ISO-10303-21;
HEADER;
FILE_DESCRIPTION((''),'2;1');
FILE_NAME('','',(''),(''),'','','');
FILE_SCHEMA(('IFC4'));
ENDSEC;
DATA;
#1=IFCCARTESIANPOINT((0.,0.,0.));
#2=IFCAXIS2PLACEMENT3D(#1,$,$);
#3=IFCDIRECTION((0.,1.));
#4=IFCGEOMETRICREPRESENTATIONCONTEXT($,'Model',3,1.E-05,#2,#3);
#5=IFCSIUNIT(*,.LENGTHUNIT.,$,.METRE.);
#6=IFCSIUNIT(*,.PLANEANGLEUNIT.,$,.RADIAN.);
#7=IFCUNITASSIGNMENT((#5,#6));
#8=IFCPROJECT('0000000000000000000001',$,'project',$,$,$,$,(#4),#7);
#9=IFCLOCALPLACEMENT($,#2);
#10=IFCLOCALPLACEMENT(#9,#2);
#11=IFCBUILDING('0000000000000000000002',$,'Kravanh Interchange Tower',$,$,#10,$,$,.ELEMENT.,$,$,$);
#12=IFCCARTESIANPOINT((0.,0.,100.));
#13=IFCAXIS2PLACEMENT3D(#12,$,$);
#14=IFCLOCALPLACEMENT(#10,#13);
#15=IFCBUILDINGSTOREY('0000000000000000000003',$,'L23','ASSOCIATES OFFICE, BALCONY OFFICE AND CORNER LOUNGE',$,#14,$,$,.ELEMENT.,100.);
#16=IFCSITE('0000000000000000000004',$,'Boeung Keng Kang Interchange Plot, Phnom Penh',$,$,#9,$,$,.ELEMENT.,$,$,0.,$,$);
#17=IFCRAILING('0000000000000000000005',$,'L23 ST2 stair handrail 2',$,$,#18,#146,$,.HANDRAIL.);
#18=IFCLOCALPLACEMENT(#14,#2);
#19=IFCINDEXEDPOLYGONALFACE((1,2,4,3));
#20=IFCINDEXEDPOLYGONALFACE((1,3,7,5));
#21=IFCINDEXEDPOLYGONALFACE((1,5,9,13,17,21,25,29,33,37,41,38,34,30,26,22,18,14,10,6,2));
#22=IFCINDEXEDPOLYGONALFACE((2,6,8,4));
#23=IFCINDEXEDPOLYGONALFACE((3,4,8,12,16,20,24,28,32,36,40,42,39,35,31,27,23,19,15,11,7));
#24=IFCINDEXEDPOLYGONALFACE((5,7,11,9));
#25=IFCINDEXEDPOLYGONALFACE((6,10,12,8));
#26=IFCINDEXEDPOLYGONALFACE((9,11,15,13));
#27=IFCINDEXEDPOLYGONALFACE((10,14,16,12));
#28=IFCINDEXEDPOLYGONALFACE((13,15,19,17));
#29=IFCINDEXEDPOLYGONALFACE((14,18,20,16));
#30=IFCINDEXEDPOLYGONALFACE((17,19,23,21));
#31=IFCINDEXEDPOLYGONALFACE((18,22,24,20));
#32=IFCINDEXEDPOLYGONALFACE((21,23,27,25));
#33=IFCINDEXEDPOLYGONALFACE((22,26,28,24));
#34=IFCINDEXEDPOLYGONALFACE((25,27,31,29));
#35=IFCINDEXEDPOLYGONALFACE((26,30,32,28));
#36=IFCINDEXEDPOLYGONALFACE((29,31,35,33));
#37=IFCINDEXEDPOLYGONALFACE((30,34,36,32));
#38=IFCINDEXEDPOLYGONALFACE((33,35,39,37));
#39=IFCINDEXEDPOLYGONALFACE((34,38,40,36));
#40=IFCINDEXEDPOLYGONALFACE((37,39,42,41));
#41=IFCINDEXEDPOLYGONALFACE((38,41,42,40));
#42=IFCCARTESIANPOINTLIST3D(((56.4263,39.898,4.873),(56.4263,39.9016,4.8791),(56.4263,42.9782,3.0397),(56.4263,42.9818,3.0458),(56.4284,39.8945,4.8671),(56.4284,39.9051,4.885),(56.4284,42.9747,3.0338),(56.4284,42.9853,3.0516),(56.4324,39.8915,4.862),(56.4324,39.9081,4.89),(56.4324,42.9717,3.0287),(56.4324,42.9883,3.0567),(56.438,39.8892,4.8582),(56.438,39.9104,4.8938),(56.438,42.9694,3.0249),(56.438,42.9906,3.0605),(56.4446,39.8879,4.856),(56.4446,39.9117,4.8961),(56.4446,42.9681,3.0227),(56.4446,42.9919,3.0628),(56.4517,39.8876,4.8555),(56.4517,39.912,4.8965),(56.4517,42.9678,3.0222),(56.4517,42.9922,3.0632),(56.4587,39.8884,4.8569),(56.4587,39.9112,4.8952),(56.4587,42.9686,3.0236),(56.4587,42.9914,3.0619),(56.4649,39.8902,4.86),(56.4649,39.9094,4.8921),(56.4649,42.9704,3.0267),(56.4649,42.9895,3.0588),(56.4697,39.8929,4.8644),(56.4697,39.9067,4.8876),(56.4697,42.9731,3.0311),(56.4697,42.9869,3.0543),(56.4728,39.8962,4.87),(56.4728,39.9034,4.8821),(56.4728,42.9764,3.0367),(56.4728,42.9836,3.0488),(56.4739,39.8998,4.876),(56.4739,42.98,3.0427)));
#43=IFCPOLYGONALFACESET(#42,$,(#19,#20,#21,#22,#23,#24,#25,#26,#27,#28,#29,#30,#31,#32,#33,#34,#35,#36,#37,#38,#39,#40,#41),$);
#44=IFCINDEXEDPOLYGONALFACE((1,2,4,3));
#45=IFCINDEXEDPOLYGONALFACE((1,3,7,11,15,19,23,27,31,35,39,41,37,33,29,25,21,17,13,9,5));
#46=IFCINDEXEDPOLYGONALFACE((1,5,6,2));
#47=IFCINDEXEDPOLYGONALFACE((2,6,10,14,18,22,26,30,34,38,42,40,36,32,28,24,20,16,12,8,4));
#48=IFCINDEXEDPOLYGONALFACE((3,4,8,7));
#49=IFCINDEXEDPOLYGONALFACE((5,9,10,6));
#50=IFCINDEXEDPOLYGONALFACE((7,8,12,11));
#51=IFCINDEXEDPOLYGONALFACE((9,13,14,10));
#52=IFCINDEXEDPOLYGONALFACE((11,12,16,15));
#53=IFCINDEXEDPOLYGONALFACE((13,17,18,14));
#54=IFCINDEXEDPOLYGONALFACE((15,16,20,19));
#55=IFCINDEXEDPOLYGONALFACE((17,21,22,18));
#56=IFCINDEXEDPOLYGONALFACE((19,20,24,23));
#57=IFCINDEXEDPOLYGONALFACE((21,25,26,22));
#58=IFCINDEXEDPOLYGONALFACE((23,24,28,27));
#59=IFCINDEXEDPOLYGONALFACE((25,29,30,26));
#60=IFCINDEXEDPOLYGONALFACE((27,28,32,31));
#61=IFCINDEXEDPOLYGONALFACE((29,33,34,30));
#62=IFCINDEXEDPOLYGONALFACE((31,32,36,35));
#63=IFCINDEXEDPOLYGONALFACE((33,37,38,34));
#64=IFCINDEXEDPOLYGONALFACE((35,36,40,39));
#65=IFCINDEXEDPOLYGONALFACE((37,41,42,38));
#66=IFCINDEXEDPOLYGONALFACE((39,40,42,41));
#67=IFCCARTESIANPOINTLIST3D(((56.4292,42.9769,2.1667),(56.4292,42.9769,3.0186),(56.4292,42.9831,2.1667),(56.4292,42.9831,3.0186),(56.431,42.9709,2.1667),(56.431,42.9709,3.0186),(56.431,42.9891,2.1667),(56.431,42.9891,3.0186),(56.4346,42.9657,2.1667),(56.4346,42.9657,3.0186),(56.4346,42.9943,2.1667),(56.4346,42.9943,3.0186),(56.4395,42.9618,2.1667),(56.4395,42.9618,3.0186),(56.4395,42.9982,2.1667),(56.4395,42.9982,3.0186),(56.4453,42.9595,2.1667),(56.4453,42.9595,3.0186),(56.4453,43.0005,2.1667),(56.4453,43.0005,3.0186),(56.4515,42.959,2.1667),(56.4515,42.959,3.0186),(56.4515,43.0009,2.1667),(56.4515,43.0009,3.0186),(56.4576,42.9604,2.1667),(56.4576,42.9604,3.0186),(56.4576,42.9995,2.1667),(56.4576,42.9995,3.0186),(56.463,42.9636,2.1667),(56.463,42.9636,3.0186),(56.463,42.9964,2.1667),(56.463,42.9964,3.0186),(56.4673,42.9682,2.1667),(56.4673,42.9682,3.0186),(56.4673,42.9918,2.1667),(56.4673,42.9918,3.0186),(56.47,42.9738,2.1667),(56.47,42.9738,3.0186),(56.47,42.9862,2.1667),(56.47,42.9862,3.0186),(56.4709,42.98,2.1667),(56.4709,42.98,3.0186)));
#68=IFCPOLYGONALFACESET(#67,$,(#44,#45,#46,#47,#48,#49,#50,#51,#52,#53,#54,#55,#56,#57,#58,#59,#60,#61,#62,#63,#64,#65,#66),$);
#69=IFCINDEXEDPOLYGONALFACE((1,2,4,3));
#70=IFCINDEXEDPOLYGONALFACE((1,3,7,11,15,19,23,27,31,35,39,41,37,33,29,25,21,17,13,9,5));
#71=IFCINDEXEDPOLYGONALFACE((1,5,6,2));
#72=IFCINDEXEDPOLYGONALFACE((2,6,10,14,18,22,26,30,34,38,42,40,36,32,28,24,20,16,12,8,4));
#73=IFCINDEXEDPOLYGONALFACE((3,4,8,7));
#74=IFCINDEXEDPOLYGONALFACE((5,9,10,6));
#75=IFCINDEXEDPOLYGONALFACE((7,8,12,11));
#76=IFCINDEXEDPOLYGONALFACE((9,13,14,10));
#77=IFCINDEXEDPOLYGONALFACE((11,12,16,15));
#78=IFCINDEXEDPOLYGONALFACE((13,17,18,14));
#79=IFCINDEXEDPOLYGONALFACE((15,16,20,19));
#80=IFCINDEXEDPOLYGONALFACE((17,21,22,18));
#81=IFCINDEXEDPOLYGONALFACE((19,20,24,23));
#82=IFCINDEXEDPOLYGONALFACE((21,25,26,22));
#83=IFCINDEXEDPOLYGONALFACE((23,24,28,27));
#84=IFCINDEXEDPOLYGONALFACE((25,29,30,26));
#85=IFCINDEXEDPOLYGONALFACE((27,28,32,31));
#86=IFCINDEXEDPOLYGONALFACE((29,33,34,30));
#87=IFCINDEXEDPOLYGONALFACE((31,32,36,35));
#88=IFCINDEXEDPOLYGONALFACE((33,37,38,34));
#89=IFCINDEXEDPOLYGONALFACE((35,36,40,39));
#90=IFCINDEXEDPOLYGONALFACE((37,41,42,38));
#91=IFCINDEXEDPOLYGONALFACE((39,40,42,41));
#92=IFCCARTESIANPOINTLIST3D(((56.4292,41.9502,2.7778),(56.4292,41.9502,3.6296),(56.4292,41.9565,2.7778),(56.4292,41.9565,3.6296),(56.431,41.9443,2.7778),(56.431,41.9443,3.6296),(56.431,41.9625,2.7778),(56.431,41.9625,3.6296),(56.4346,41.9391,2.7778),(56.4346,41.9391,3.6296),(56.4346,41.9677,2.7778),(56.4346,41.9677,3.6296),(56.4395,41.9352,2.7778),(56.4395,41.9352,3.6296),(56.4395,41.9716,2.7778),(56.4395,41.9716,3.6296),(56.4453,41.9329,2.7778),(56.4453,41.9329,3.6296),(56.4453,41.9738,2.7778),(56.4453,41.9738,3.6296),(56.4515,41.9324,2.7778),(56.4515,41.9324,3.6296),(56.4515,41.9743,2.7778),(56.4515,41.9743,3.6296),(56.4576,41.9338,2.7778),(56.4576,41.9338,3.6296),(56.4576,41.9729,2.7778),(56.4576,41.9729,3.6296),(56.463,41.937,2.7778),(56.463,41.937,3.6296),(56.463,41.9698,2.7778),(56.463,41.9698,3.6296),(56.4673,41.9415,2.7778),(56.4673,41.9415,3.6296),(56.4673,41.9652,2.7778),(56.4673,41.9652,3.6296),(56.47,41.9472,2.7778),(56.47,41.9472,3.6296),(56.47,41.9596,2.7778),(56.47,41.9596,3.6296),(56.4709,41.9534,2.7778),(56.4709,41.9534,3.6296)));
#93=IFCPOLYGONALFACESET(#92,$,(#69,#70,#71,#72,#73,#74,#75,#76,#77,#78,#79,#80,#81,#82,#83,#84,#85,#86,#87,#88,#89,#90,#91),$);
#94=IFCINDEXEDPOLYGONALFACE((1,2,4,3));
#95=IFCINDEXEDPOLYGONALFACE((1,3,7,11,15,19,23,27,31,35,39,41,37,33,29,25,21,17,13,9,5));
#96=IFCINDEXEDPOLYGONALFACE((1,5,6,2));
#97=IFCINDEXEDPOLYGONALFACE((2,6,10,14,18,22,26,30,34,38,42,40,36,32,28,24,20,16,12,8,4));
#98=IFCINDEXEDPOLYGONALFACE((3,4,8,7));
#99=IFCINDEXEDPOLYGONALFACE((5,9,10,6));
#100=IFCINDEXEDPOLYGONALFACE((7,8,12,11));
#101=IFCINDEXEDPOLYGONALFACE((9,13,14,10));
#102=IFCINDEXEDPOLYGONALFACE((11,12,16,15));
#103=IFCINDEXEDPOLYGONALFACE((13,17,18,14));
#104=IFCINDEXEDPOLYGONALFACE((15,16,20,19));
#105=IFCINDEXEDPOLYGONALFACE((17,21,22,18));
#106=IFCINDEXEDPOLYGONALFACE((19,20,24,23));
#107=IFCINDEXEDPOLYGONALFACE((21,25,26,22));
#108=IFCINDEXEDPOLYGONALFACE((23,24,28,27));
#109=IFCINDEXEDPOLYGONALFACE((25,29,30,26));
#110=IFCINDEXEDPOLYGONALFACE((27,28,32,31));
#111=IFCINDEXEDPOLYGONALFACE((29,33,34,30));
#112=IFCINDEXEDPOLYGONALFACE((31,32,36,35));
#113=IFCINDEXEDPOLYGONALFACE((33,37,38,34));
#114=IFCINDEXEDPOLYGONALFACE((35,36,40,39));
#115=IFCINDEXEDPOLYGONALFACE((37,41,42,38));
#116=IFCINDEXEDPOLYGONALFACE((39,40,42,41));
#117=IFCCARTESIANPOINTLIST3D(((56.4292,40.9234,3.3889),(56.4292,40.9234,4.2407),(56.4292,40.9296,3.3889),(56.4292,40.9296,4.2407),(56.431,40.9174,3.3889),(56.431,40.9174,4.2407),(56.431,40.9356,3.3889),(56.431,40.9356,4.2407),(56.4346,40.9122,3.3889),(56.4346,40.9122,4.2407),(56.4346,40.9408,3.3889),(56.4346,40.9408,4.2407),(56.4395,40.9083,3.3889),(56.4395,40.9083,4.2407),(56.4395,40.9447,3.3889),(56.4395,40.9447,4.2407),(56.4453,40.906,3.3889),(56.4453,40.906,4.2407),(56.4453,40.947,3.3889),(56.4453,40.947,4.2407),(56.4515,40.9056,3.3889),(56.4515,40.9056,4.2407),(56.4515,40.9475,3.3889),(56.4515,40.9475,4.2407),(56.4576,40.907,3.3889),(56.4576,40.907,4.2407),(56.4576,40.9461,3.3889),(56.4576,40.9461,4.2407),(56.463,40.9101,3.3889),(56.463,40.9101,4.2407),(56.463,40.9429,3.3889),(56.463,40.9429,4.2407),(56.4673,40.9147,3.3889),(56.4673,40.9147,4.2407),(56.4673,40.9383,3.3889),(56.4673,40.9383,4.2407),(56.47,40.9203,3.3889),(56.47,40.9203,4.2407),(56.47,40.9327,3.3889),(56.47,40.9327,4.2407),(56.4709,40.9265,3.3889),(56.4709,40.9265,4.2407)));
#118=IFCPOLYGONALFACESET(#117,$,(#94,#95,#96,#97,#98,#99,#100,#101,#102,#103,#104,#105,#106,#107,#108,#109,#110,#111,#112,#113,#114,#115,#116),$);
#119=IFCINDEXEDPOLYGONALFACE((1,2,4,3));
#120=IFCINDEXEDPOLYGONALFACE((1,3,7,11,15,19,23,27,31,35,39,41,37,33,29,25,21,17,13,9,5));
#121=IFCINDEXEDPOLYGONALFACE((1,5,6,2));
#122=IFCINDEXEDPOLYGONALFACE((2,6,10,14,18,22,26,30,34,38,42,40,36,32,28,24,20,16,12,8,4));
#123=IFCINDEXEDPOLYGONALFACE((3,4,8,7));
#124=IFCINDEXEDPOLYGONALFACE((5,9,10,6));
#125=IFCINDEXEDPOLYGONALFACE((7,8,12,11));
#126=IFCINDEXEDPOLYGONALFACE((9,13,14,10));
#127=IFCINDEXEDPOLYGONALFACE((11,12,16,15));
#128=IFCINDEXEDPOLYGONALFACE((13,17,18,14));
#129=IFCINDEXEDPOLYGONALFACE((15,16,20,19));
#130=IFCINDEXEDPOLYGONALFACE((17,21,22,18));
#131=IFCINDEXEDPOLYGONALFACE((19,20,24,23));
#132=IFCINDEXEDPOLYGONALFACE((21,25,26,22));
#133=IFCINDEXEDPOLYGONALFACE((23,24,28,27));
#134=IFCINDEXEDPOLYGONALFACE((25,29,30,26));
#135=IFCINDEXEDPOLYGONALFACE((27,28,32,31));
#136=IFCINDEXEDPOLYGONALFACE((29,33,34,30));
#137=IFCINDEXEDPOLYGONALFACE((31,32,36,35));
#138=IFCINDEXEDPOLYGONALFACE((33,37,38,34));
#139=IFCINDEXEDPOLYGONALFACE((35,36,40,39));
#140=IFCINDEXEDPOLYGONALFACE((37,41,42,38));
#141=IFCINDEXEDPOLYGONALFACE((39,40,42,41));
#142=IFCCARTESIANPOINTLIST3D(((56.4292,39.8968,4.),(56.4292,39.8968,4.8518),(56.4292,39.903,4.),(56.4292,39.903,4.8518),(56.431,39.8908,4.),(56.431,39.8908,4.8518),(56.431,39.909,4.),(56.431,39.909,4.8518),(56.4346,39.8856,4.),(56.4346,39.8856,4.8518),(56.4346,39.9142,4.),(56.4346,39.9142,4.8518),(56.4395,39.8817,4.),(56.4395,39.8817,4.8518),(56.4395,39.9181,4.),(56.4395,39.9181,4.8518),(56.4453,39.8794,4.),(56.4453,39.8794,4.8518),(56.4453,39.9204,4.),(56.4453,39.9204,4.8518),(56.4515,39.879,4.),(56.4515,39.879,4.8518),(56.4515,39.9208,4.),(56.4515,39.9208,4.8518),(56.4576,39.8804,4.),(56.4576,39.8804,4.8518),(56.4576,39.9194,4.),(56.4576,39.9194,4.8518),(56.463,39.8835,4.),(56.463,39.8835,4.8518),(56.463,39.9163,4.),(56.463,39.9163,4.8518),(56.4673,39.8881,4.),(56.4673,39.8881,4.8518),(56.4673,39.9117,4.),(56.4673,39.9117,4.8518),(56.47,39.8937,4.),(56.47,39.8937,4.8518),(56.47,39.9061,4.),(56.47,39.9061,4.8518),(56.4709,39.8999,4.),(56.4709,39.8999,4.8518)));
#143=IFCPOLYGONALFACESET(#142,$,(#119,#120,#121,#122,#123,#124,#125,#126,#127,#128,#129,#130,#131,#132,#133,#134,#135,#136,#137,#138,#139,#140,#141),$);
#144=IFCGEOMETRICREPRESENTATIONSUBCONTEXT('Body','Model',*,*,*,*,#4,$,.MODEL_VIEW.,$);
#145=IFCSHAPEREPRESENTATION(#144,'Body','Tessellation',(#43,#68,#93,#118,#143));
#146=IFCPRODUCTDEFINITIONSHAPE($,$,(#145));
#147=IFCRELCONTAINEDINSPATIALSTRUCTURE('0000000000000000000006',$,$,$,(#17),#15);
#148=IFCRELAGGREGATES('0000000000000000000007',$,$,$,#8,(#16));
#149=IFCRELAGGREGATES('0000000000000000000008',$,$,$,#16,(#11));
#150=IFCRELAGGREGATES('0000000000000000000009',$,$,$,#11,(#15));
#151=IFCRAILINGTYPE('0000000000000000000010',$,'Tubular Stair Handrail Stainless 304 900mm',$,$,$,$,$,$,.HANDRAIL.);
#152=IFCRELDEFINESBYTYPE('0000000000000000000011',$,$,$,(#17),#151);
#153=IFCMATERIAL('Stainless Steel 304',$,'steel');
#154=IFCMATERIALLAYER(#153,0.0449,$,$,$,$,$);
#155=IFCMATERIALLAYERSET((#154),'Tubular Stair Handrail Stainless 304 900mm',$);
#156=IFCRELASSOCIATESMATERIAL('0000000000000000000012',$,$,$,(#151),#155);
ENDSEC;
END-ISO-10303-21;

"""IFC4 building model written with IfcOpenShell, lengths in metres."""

from ifc_helpers import new_model, si_unit, direction, frame, origin, origin_2d, place, context, subcontext, project, spatial, circle, extrude, material, layer, layer_set, type_object, element, save


model = new_model("IFC4")

# Units and contexts
model_context = context("Model", 3, precision=1e-05, world=origin(), true_north=direction((0.0, 1.0)))
body_context = subcontext(model_context, "Body", "Model", "MODEL_VIEW")
ifc_project = project(units=[si_unit("LENGTHUNIT", "METRE"), si_unit("PLANEANGLEUNIT", "RADIAN")], contexts=[model_context])

# Site, building, storey
site_placement = place(None, origin())
site = spatial("IfcSite", under=ifc_project, at=site_placement, Name="Boeung Keng Kang Interchange Plot, Phnom Penh", CompositionType="ELEMENT", RefElevation=0.0)
building_placement = place(site_placement, origin())
building = spatial("IfcBuilding", under=site, at=building_placement, Name="Kravanh Interchange Tower", CompositionType="ELEMENT")
storey_placement = place(building_placement, frame((0.0, 0.0, 100.0)))
storey = spatial("IfcBuildingStorey", under=building, at=storey_placement, Name="L23", Description="ASSOCIATES OFFICE, BALCONY OFFICE AND CORNER LOUNGE", CompositionType="ELEMENT", Elevation=100.0)

# Railing
ifc_material_1 = material(Name="Stainless Steel 304", Category="steel")
ifc_layer_1 = layer(ifc_material_1, 0.0449)
ifc_layer_set_1 = layer_set([ifc_layer_1], Name="Tubular Stair Handrail Stainless 304 900mm")
railing_type_1 = type_object("IfcRailingType", Name="Tubular Stair Handrail Stainless 304 900mm", PredefinedType="HANDRAIL", material=ifc_layer_set_1)
railing_1_placement = place(storey_placement, frame((56.45, 42.98, 2.1667)))
element("IfcRailing", 1, at=railing_1_placement, inside=storey, type_object=railing_type_1, Name="L23 ST2 stair handrail 2", PredefinedType="HANDRAIL", context=body_context, shape_type="SweptSolid", body=[
    extrude(circle(Radius=0.0239, at=origin_2d()), frame((0.0, 0.0, 0.876), z_axis=(0.0, -0.859309, 0.511458), x_axis=(1.0, 0.0, 0.0)), (0.0, 0.0, 1.0), 3.5845),
    extrude(circle(Radius=0.021, at=origin_2d()), origin(), (0.0, 0.0, 1.0), 0.8518),
    extrude(circle(Radius=0.021, at=origin_2d()), frame((0.0, -1.0266, 0.6111)), (0.0, 0.0, 1.0), 0.8518),
    extrude(circle(Radius=0.021, at=origin_2d()), frame((0.0, -2.0535, 1.2222)), (0.0, 0.0, 1.0), 0.8518),
    extrude(circle(Radius=0.021, at=origin_2d()), frame((0.0, -3.0801, 1.8333)), (0.0, 0.0, 1.0), 0.8518),
])

save(model, "model.ifc")
